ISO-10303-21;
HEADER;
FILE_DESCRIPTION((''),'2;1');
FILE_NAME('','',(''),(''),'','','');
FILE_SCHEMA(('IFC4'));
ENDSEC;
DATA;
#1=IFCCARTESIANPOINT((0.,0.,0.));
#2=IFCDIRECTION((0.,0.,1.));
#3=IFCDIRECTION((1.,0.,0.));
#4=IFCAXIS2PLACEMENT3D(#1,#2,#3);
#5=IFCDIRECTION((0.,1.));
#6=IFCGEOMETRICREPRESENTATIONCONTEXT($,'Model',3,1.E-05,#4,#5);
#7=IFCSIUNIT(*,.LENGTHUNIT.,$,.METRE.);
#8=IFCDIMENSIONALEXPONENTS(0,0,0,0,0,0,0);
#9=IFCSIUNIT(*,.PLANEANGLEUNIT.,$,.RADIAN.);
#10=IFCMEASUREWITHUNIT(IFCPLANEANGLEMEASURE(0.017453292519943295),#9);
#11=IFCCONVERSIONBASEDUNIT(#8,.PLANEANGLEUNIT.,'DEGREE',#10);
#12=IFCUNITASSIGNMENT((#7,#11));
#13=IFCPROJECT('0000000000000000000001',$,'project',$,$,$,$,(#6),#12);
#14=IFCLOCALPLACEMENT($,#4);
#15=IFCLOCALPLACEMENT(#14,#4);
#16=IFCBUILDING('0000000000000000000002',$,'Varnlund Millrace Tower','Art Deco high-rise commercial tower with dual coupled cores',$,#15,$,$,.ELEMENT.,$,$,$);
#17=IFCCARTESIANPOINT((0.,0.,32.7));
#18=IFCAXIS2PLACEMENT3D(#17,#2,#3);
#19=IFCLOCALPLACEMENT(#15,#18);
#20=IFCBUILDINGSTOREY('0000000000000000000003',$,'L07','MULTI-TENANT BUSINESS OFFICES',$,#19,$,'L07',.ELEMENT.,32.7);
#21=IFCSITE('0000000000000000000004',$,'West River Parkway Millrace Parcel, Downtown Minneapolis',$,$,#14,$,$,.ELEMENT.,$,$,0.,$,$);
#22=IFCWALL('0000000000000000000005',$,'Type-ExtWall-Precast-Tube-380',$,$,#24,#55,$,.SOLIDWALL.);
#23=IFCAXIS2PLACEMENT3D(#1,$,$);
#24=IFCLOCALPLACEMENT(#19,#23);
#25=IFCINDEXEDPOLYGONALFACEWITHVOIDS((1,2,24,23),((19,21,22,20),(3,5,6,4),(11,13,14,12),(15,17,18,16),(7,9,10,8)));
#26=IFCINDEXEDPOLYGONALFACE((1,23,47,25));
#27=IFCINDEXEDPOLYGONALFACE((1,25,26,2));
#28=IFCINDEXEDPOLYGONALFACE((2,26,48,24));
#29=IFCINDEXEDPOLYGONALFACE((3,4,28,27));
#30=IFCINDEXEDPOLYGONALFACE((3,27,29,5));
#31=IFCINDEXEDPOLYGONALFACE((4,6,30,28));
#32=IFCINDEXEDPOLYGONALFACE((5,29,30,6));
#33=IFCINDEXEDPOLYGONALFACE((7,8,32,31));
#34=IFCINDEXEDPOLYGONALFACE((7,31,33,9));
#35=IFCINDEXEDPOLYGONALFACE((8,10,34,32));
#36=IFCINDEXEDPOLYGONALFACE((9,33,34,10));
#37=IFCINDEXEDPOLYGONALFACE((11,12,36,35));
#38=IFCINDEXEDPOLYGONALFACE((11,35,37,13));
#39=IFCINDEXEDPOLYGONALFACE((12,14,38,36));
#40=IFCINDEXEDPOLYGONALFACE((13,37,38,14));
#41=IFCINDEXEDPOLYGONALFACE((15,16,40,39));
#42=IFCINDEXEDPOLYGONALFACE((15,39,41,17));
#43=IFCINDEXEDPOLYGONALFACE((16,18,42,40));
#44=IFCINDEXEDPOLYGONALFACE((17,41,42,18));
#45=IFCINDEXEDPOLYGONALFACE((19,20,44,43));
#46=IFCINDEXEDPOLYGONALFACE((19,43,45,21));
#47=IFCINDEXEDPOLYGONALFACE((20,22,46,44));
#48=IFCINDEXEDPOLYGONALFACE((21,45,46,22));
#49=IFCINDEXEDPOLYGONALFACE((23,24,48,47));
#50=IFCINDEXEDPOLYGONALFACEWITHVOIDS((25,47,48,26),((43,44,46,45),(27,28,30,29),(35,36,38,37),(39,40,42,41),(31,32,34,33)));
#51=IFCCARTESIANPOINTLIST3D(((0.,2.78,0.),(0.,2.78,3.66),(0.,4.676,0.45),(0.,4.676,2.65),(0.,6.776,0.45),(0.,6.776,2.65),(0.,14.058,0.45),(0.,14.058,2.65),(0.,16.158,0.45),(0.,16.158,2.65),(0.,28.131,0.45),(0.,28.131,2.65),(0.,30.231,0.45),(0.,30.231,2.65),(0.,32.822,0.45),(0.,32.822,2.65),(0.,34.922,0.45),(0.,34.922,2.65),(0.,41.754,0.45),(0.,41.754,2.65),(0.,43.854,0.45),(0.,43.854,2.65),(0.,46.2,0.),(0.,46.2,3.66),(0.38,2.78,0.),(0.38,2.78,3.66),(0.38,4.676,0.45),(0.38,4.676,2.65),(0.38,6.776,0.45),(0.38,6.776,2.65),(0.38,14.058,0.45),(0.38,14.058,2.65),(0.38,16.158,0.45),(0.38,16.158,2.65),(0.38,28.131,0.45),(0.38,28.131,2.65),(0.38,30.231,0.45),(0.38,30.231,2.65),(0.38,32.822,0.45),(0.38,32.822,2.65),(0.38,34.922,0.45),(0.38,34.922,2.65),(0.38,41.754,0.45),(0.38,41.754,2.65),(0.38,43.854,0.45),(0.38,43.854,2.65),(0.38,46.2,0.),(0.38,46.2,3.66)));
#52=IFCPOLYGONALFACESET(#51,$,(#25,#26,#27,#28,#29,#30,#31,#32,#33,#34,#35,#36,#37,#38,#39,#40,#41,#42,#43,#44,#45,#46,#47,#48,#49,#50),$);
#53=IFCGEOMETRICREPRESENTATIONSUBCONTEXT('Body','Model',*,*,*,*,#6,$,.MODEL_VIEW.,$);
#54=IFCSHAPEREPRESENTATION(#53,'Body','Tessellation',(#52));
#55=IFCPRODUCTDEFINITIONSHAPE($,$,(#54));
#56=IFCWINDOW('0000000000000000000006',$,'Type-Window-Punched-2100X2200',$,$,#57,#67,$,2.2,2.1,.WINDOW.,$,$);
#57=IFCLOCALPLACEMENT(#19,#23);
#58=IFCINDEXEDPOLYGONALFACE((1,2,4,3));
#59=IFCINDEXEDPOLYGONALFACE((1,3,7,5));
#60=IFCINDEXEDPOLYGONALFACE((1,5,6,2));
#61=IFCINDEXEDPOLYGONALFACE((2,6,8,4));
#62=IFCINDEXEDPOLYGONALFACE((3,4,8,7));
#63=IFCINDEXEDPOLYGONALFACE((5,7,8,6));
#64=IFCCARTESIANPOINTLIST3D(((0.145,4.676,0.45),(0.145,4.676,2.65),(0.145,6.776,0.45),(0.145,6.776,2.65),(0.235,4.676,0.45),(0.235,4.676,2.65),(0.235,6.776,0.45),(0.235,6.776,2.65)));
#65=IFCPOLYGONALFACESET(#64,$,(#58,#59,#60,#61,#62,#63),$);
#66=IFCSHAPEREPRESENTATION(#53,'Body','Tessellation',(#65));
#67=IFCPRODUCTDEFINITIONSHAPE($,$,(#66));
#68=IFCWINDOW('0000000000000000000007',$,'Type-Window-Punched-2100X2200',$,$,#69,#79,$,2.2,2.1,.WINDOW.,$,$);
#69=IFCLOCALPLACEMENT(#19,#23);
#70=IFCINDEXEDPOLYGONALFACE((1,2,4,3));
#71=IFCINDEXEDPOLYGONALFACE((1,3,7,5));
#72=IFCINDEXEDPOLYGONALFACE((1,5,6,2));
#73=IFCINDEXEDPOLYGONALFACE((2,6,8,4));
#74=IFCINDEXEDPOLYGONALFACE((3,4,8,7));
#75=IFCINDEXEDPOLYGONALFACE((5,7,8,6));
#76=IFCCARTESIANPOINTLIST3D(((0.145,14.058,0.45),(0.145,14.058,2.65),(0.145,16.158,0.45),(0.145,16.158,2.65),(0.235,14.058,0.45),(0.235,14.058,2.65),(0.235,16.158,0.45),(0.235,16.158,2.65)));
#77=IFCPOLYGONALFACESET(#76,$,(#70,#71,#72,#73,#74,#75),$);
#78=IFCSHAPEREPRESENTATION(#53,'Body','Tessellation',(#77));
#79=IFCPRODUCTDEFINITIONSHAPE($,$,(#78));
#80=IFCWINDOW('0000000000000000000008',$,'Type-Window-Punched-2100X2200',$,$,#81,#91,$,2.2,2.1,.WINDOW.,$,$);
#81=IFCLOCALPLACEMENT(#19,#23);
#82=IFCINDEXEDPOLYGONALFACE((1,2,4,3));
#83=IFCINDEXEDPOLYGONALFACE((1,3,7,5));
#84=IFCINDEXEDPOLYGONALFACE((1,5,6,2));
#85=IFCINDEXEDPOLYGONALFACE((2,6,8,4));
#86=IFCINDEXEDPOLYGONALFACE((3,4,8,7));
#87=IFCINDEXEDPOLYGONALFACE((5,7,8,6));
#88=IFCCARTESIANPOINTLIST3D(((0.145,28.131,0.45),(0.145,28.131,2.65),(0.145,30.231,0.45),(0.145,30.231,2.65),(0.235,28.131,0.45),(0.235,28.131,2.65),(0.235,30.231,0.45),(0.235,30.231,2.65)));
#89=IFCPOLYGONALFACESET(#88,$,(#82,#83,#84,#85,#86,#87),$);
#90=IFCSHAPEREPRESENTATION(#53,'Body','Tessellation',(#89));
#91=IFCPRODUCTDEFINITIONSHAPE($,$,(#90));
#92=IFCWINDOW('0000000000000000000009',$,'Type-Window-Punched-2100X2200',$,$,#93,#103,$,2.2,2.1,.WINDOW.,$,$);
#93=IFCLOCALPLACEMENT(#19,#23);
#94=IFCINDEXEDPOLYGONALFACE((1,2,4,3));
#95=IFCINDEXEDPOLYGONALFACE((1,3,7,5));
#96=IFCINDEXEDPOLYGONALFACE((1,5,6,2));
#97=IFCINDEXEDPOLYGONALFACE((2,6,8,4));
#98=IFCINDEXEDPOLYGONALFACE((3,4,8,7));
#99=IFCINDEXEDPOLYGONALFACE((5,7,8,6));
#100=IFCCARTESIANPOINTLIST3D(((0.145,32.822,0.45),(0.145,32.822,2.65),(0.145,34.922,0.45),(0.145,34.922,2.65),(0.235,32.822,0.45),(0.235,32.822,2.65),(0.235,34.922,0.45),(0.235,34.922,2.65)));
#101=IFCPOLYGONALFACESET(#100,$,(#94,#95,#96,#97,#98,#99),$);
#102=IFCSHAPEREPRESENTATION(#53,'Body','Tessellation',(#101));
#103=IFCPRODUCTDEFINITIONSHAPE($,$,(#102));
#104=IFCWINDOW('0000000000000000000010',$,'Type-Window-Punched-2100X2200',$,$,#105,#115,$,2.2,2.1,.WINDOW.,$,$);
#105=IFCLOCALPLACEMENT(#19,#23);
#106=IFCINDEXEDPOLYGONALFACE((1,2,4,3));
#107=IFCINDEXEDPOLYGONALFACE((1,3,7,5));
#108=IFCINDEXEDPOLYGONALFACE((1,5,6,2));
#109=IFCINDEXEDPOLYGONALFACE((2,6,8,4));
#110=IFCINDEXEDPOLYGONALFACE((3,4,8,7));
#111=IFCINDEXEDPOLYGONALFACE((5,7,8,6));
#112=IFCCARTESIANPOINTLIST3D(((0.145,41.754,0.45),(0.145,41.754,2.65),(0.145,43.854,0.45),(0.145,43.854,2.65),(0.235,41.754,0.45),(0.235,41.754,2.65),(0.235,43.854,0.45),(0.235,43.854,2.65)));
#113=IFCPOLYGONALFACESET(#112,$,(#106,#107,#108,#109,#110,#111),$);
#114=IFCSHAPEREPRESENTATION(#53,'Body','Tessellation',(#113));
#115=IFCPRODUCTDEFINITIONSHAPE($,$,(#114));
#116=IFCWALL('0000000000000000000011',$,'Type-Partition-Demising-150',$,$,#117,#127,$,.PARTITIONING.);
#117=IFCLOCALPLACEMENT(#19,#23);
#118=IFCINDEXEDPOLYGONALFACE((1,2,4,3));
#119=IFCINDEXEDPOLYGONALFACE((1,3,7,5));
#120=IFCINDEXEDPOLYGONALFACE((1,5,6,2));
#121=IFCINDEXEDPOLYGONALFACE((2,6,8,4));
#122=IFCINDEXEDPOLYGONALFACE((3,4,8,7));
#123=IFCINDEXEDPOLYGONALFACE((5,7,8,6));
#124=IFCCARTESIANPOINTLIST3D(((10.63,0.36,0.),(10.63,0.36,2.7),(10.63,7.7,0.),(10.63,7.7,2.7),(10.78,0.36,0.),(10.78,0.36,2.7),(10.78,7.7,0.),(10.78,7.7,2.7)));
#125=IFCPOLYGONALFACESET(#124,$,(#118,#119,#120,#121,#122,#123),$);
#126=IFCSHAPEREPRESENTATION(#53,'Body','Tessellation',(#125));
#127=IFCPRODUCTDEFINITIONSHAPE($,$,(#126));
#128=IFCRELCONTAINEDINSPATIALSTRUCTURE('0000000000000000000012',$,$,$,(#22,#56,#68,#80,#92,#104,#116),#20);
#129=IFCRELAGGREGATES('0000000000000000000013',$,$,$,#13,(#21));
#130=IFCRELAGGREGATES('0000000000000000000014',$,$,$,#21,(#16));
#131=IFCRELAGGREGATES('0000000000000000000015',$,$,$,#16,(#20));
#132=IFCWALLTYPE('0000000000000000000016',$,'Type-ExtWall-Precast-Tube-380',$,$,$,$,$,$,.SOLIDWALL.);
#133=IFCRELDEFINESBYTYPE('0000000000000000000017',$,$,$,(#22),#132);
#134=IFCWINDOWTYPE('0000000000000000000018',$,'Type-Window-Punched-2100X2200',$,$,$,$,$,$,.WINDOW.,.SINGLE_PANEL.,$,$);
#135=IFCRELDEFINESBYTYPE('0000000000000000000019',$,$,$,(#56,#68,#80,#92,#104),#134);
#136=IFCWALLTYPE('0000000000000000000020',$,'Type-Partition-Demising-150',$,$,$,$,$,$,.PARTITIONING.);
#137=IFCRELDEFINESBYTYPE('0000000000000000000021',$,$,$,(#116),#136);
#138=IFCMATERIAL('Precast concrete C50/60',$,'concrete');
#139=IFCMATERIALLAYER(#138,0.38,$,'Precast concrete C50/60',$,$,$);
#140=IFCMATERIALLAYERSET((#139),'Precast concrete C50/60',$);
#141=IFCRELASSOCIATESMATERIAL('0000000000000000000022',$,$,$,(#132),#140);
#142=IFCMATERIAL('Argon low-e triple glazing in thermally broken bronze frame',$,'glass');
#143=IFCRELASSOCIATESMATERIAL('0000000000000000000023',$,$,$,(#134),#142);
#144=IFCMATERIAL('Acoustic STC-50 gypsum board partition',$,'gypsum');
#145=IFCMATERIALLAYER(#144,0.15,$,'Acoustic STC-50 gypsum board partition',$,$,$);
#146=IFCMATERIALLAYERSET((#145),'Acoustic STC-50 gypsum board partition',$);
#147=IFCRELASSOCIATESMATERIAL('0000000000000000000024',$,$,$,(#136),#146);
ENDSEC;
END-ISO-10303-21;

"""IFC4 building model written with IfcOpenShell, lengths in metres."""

from ifc_helpers import new_model, entity, si_unit, converted_unit, direction, frame, origin_with_axes, origin_2d_with_axis, place, context, subcontext, project, spatial, polyline, rectangle, outline, extrude, material, layer, layer_set, type_object, element, fill, save


model = new_model("IFC4")

# Units and contexts
model_context = context("Model", 3, precision=1e-05, world=origin_with_axes(), true_north=direction((0.0, 1.0)))
body_context = subcontext(model_context, "Body", "Model", "MODEL_VIEW")
ifc_project = project(units=[si_unit("LENGTHUNIT", "METRE"), converted_unit("PLANEANGLEUNIT", "DEGREE", entity("IfcPlaneAngleMeasure", 0.017453292519943295), si_unit("PLANEANGLEUNIT", "RADIAN"), dimensions=[0, 0, 0, 0, 0, 0, 0])], contexts=[model_context])

# Site, building, storey
site_placement = place(None, origin_with_axes())
site = spatial("IfcSite", under=ifc_project, at=site_placement, Name="West River Parkway Millrace Parcel, Downtown Minneapolis", CompositionType="ELEMENT", RefElevation=0.0)
building_placement = place(site_placement, origin_with_axes())
building = spatial("IfcBuilding", under=site, at=building_placement, Name="Varnlund Millrace Tower", Description="Art Deco high-rise commercial tower with dual coupled cores", CompositionType="ELEMENT")
storey_placement = place(building_placement, frame((0.0, 0.0, 32.7), z_axis=(0.0, 0.0, 1.0), x_axis=(1.0, 0.0, 0.0)))
storey = spatial("IfcBuildingStorey", under=building, at=storey_placement, Name="L07", Description="MULTI-TENANT BUSINESS OFFICES", LongName="L07", CompositionType="ELEMENT", Elevation=32.7)

# Shared definitions
ifc_material_1 = material(Name="Precast concrete C50/60", Category="concrete")
ifc_layer_1 = layer(ifc_material_1, 0.38, Name="Precast concrete C50/60")
ifc_layer_set_1 = layer_set([ifc_layer_1], Name="Precast concrete C50/60")
wall_type_1 = type_object("IfcWallType", Name="Type-ExtWall-Precast-Tube-380", PredefinedType="SOLIDWALL", material=ifc_layer_set_1)

# Wall, openings, windows
wall_1_placement = place(storey_placement, frame((0.19, 2.78, 0.0), z_axis=(0.0, 0.0, 1.0), x_axis=(0.0, 1.0, 0.0)))
wall_1 = element("IfcWall", 1, at=wall_1_placement, inside=storey, type_object=wall_type_1, Name="Type-ExtWall-Precast-Tube-380", PredefinedType="SOLIDWALL", context=body_context, shape_type="SweptSolid", body=[
    extrude(outline(polyline([(0.0, -0.19), (43.42, -0.19), (43.42, 0.19), (0.0, 0.19), (0.0, -0.19)])), origin_with_axes(), (0.0, 0.0, 1.0), 3.66),
])
opening_1_placement = place(wall_1_placement, frame((2.946, 0.0, 0.45), z_axis=(0.0, 0.0, 1.0), x_axis=(1.0, 0.0, 0.0)))
opening_1 = element("IfcOpeningElement", 2, at=opening_1_placement, cuts=wall_1, PredefinedType="OPENING", context=body_context, shape_type="SweptSolid", body=[
    extrude(rectangle(XDim=2.1, YDim=0.4, at=origin_2d_with_axis()), origin_with_axes(), (0.0, 0.0, 1.0), 2.2),
])
opening_2_placement = place(wall_1_placement, frame((12.328, 0.0, 0.45), z_axis=(0.0, 0.0, 1.0), x_axis=(1.0, 0.0, 0.0)))
opening_2 = element("IfcOpeningElement", 3, at=opening_2_placement, cuts=wall_1, PredefinedType="OPENING", context=body_context, shape_type="SweptSolid", body=[
    extrude(rectangle(XDim=2.1, YDim=0.4, at=origin_2d_with_axis()), origin_with_axes(), (0.0, 0.0, 1.0), 2.2),
])
opening_3_placement = place(wall_1_placement, frame((26.401, 0.0, 0.45), z_axis=(0.0, 0.0, 1.0), x_axis=(1.0, 0.0, 0.0)))
opening_3 = element("IfcOpeningElement", 4, at=opening_3_placement, cuts=wall_1, PredefinedType="OPENING", context=body_context, shape_type="SweptSolid", body=[
    extrude(rectangle(XDim=2.1, YDim=0.4, at=origin_2d_with_axis()), origin_with_axes(), (0.0, 0.0, 1.0), 2.2),
])
opening_4_placement = place(wall_1_placement, frame((31.092, 0.0, 0.45), z_axis=(0.0, 0.0, 1.0), x_axis=(1.0, 0.0, 0.0)))
opening_4 = element("IfcOpeningElement", 5, at=opening_4_placement, cuts=wall_1, PredefinedType="OPENING", context=body_context, shape_type="SweptSolid", body=[
    extrude(rectangle(XDim=2.1, YDim=0.4, at=origin_2d_with_axis()), origin_with_axes(), (0.0, 0.0, 1.0), 2.2),
])
opening_5_placement = place(wall_1_placement, frame((40.024, 0.0, 0.45), z_axis=(0.0, 0.0, 1.0), x_axis=(1.0, 0.0, 0.0)))
opening_5 = element("IfcOpeningElement", 6, at=opening_5_placement, cuts=wall_1, PredefinedType="OPENING", context=body_context, shape_type="SweptSolid", body=[
    extrude(rectangle(XDim=2.1, YDim=0.4, at=origin_2d_with_axis()), origin_with_axes(), (0.0, 0.0, 1.0), 2.2),
])
ifc_material_2 = material(Name="Argon low-e triple glazing in thermally broken bronze frame", Category="glass")
window_type = type_object("IfcWindowType", Name="Type-Window-Punched-2100X2200", PartitioningType="SINGLE_PANEL", PredefinedType="WINDOW", material=ifc_material_2)
window_1_placement = place(wall_1_placement, frame((2.946, 0.0, 0.45), z_axis=(0.0, 0.0, 1.0), x_axis=(1.0, 0.0, 0.0)))
window_1 = element("IfcWindow", 7, at=window_1_placement, inside=storey, type_object=window_type, Name="Type-Window-Punched-2100X2200", OverallHeight=2.2, OverallWidth=2.1, PredefinedType="WINDOW", context=body_context, shape_type="SweptSolid", body=[
    extrude(rectangle(XDim=2.1, YDim=0.09, at=origin_2d_with_axis()), origin_with_axes(), (0.0, 0.0, 1.0), 2.2),
])
fill(opening_1, window_1)
window_2_placement = place(wall_1_placement, frame((12.328, 0.0, 0.45), z_axis=(0.0, 0.0, 1.0), x_axis=(1.0, 0.0, 0.0)))
window_2 = element("IfcWindow", 8, at=window_2_placement, inside=storey, type_object=window_type, Name="Type-Window-Punched-2100X2200", OverallHeight=2.2, OverallWidth=2.1, PredefinedType="WINDOW", context=body_context, shape_type="SweptSolid", body=[
    extrude(rectangle(XDim=2.1, YDim=0.09, at=origin_2d_with_axis()), origin_with_axes(), (0.0, 0.0, 1.0), 2.2),
])
fill(opening_2, window_2)
window_3_placement = place(wall_1_placement, frame((26.401, 0.0, 0.45), z_axis=(0.0, 0.0, 1.0), x_axis=(1.0, 0.0, 0.0)))
window_3 = element("IfcWindow", 9, at=window_3_placement, inside=storey, type_object=window_type, Name="Type-Window-Punched-2100X2200", OverallHeight=2.2, OverallWidth=2.1, PredefinedType="WINDOW", context=body_context, shape_type="SweptSolid", body=[
    extrude(rectangle(XDim=2.1, YDim=0.09, at=origin_2d_with_axis()), origin_with_axes(), (0.0, 0.0, 1.0), 2.2),
])
fill(opening_3, window_3)
window_4_placement = place(wall_1_placement, frame((31.092, 0.0, 0.45), z_axis=(0.0, 0.0, 1.0), x_axis=(1.0, 0.0, 0.0)))
window_4 = element("IfcWindow", 10, at=window_4_placement, inside=storey, type_object=window_type, Name="Type-Window-Punched-2100X2200", OverallHeight=2.2, OverallWidth=2.1, PredefinedType="WINDOW", context=body_context, shape_type="SweptSolid", body=[
    extrude(rectangle(XDim=2.1, YDim=0.09, at=origin_2d_with_axis()), origin_with_axes(), (0.0, 0.0, 1.0), 2.2),
])
fill(opening_4, window_4)
window_5_placement = place(wall_1_placement, frame((40.024, 0.0, 0.45), z_axis=(0.0, 0.0, 1.0), x_axis=(1.0, 0.0, 0.0)))
window_5 = element("IfcWindow", 11, at=window_5_placement, inside=storey, type_object=window_type, Name="Type-Window-Punched-2100X2200", OverallHeight=2.2, OverallWidth=2.1, PredefinedType="WINDOW", context=body_context, shape_type="SweptSolid", body=[
    extrude(rectangle(XDim=2.1, YDim=0.09, at=origin_2d_with_axis()), origin_with_axes(), (0.0, 0.0, 1.0), 2.2),
])
fill(opening_5, window_5)

# Wall
ifc_material_3 = material(Name="Acoustic STC-50 gypsum board partition", Category="gypsum")
ifc_layer_2 = layer(ifc_material_3, 0.15, Name="Acoustic STC-50 gypsum board partition")
ifc_layer_set_2 = layer_set([ifc_layer_2], Name="Acoustic STC-50 gypsum board partition")
wall_type_2 = type_object("IfcWallType", Name="Type-Partition-Demising-150", PredefinedType="PARTITIONING", material=ifc_layer_set_2)
wall_2_placement = place(storey_placement, frame((10.705, 0.36, 0.0), z_axis=(0.0, 0.0, 1.0), x_axis=(0.0, 1.0, 0.0)))
element("IfcWall", 12, at=wall_2_placement, inside=storey, type_object=wall_type_2, Name="Type-Partition-Demising-150", PredefinedType="PARTITIONING", context=body_context, shape_type="SweptSolid", body=[
    extrude(outline(polyline([(0.0, -0.075), (7.34, -0.075), (7.34, 0.075), (0.0, 0.075), (0.0, -0.075)])), origin_with_axes(), (0.0, 0.0, 1.0), 2.7),
])

save(model, "model.ifc")
